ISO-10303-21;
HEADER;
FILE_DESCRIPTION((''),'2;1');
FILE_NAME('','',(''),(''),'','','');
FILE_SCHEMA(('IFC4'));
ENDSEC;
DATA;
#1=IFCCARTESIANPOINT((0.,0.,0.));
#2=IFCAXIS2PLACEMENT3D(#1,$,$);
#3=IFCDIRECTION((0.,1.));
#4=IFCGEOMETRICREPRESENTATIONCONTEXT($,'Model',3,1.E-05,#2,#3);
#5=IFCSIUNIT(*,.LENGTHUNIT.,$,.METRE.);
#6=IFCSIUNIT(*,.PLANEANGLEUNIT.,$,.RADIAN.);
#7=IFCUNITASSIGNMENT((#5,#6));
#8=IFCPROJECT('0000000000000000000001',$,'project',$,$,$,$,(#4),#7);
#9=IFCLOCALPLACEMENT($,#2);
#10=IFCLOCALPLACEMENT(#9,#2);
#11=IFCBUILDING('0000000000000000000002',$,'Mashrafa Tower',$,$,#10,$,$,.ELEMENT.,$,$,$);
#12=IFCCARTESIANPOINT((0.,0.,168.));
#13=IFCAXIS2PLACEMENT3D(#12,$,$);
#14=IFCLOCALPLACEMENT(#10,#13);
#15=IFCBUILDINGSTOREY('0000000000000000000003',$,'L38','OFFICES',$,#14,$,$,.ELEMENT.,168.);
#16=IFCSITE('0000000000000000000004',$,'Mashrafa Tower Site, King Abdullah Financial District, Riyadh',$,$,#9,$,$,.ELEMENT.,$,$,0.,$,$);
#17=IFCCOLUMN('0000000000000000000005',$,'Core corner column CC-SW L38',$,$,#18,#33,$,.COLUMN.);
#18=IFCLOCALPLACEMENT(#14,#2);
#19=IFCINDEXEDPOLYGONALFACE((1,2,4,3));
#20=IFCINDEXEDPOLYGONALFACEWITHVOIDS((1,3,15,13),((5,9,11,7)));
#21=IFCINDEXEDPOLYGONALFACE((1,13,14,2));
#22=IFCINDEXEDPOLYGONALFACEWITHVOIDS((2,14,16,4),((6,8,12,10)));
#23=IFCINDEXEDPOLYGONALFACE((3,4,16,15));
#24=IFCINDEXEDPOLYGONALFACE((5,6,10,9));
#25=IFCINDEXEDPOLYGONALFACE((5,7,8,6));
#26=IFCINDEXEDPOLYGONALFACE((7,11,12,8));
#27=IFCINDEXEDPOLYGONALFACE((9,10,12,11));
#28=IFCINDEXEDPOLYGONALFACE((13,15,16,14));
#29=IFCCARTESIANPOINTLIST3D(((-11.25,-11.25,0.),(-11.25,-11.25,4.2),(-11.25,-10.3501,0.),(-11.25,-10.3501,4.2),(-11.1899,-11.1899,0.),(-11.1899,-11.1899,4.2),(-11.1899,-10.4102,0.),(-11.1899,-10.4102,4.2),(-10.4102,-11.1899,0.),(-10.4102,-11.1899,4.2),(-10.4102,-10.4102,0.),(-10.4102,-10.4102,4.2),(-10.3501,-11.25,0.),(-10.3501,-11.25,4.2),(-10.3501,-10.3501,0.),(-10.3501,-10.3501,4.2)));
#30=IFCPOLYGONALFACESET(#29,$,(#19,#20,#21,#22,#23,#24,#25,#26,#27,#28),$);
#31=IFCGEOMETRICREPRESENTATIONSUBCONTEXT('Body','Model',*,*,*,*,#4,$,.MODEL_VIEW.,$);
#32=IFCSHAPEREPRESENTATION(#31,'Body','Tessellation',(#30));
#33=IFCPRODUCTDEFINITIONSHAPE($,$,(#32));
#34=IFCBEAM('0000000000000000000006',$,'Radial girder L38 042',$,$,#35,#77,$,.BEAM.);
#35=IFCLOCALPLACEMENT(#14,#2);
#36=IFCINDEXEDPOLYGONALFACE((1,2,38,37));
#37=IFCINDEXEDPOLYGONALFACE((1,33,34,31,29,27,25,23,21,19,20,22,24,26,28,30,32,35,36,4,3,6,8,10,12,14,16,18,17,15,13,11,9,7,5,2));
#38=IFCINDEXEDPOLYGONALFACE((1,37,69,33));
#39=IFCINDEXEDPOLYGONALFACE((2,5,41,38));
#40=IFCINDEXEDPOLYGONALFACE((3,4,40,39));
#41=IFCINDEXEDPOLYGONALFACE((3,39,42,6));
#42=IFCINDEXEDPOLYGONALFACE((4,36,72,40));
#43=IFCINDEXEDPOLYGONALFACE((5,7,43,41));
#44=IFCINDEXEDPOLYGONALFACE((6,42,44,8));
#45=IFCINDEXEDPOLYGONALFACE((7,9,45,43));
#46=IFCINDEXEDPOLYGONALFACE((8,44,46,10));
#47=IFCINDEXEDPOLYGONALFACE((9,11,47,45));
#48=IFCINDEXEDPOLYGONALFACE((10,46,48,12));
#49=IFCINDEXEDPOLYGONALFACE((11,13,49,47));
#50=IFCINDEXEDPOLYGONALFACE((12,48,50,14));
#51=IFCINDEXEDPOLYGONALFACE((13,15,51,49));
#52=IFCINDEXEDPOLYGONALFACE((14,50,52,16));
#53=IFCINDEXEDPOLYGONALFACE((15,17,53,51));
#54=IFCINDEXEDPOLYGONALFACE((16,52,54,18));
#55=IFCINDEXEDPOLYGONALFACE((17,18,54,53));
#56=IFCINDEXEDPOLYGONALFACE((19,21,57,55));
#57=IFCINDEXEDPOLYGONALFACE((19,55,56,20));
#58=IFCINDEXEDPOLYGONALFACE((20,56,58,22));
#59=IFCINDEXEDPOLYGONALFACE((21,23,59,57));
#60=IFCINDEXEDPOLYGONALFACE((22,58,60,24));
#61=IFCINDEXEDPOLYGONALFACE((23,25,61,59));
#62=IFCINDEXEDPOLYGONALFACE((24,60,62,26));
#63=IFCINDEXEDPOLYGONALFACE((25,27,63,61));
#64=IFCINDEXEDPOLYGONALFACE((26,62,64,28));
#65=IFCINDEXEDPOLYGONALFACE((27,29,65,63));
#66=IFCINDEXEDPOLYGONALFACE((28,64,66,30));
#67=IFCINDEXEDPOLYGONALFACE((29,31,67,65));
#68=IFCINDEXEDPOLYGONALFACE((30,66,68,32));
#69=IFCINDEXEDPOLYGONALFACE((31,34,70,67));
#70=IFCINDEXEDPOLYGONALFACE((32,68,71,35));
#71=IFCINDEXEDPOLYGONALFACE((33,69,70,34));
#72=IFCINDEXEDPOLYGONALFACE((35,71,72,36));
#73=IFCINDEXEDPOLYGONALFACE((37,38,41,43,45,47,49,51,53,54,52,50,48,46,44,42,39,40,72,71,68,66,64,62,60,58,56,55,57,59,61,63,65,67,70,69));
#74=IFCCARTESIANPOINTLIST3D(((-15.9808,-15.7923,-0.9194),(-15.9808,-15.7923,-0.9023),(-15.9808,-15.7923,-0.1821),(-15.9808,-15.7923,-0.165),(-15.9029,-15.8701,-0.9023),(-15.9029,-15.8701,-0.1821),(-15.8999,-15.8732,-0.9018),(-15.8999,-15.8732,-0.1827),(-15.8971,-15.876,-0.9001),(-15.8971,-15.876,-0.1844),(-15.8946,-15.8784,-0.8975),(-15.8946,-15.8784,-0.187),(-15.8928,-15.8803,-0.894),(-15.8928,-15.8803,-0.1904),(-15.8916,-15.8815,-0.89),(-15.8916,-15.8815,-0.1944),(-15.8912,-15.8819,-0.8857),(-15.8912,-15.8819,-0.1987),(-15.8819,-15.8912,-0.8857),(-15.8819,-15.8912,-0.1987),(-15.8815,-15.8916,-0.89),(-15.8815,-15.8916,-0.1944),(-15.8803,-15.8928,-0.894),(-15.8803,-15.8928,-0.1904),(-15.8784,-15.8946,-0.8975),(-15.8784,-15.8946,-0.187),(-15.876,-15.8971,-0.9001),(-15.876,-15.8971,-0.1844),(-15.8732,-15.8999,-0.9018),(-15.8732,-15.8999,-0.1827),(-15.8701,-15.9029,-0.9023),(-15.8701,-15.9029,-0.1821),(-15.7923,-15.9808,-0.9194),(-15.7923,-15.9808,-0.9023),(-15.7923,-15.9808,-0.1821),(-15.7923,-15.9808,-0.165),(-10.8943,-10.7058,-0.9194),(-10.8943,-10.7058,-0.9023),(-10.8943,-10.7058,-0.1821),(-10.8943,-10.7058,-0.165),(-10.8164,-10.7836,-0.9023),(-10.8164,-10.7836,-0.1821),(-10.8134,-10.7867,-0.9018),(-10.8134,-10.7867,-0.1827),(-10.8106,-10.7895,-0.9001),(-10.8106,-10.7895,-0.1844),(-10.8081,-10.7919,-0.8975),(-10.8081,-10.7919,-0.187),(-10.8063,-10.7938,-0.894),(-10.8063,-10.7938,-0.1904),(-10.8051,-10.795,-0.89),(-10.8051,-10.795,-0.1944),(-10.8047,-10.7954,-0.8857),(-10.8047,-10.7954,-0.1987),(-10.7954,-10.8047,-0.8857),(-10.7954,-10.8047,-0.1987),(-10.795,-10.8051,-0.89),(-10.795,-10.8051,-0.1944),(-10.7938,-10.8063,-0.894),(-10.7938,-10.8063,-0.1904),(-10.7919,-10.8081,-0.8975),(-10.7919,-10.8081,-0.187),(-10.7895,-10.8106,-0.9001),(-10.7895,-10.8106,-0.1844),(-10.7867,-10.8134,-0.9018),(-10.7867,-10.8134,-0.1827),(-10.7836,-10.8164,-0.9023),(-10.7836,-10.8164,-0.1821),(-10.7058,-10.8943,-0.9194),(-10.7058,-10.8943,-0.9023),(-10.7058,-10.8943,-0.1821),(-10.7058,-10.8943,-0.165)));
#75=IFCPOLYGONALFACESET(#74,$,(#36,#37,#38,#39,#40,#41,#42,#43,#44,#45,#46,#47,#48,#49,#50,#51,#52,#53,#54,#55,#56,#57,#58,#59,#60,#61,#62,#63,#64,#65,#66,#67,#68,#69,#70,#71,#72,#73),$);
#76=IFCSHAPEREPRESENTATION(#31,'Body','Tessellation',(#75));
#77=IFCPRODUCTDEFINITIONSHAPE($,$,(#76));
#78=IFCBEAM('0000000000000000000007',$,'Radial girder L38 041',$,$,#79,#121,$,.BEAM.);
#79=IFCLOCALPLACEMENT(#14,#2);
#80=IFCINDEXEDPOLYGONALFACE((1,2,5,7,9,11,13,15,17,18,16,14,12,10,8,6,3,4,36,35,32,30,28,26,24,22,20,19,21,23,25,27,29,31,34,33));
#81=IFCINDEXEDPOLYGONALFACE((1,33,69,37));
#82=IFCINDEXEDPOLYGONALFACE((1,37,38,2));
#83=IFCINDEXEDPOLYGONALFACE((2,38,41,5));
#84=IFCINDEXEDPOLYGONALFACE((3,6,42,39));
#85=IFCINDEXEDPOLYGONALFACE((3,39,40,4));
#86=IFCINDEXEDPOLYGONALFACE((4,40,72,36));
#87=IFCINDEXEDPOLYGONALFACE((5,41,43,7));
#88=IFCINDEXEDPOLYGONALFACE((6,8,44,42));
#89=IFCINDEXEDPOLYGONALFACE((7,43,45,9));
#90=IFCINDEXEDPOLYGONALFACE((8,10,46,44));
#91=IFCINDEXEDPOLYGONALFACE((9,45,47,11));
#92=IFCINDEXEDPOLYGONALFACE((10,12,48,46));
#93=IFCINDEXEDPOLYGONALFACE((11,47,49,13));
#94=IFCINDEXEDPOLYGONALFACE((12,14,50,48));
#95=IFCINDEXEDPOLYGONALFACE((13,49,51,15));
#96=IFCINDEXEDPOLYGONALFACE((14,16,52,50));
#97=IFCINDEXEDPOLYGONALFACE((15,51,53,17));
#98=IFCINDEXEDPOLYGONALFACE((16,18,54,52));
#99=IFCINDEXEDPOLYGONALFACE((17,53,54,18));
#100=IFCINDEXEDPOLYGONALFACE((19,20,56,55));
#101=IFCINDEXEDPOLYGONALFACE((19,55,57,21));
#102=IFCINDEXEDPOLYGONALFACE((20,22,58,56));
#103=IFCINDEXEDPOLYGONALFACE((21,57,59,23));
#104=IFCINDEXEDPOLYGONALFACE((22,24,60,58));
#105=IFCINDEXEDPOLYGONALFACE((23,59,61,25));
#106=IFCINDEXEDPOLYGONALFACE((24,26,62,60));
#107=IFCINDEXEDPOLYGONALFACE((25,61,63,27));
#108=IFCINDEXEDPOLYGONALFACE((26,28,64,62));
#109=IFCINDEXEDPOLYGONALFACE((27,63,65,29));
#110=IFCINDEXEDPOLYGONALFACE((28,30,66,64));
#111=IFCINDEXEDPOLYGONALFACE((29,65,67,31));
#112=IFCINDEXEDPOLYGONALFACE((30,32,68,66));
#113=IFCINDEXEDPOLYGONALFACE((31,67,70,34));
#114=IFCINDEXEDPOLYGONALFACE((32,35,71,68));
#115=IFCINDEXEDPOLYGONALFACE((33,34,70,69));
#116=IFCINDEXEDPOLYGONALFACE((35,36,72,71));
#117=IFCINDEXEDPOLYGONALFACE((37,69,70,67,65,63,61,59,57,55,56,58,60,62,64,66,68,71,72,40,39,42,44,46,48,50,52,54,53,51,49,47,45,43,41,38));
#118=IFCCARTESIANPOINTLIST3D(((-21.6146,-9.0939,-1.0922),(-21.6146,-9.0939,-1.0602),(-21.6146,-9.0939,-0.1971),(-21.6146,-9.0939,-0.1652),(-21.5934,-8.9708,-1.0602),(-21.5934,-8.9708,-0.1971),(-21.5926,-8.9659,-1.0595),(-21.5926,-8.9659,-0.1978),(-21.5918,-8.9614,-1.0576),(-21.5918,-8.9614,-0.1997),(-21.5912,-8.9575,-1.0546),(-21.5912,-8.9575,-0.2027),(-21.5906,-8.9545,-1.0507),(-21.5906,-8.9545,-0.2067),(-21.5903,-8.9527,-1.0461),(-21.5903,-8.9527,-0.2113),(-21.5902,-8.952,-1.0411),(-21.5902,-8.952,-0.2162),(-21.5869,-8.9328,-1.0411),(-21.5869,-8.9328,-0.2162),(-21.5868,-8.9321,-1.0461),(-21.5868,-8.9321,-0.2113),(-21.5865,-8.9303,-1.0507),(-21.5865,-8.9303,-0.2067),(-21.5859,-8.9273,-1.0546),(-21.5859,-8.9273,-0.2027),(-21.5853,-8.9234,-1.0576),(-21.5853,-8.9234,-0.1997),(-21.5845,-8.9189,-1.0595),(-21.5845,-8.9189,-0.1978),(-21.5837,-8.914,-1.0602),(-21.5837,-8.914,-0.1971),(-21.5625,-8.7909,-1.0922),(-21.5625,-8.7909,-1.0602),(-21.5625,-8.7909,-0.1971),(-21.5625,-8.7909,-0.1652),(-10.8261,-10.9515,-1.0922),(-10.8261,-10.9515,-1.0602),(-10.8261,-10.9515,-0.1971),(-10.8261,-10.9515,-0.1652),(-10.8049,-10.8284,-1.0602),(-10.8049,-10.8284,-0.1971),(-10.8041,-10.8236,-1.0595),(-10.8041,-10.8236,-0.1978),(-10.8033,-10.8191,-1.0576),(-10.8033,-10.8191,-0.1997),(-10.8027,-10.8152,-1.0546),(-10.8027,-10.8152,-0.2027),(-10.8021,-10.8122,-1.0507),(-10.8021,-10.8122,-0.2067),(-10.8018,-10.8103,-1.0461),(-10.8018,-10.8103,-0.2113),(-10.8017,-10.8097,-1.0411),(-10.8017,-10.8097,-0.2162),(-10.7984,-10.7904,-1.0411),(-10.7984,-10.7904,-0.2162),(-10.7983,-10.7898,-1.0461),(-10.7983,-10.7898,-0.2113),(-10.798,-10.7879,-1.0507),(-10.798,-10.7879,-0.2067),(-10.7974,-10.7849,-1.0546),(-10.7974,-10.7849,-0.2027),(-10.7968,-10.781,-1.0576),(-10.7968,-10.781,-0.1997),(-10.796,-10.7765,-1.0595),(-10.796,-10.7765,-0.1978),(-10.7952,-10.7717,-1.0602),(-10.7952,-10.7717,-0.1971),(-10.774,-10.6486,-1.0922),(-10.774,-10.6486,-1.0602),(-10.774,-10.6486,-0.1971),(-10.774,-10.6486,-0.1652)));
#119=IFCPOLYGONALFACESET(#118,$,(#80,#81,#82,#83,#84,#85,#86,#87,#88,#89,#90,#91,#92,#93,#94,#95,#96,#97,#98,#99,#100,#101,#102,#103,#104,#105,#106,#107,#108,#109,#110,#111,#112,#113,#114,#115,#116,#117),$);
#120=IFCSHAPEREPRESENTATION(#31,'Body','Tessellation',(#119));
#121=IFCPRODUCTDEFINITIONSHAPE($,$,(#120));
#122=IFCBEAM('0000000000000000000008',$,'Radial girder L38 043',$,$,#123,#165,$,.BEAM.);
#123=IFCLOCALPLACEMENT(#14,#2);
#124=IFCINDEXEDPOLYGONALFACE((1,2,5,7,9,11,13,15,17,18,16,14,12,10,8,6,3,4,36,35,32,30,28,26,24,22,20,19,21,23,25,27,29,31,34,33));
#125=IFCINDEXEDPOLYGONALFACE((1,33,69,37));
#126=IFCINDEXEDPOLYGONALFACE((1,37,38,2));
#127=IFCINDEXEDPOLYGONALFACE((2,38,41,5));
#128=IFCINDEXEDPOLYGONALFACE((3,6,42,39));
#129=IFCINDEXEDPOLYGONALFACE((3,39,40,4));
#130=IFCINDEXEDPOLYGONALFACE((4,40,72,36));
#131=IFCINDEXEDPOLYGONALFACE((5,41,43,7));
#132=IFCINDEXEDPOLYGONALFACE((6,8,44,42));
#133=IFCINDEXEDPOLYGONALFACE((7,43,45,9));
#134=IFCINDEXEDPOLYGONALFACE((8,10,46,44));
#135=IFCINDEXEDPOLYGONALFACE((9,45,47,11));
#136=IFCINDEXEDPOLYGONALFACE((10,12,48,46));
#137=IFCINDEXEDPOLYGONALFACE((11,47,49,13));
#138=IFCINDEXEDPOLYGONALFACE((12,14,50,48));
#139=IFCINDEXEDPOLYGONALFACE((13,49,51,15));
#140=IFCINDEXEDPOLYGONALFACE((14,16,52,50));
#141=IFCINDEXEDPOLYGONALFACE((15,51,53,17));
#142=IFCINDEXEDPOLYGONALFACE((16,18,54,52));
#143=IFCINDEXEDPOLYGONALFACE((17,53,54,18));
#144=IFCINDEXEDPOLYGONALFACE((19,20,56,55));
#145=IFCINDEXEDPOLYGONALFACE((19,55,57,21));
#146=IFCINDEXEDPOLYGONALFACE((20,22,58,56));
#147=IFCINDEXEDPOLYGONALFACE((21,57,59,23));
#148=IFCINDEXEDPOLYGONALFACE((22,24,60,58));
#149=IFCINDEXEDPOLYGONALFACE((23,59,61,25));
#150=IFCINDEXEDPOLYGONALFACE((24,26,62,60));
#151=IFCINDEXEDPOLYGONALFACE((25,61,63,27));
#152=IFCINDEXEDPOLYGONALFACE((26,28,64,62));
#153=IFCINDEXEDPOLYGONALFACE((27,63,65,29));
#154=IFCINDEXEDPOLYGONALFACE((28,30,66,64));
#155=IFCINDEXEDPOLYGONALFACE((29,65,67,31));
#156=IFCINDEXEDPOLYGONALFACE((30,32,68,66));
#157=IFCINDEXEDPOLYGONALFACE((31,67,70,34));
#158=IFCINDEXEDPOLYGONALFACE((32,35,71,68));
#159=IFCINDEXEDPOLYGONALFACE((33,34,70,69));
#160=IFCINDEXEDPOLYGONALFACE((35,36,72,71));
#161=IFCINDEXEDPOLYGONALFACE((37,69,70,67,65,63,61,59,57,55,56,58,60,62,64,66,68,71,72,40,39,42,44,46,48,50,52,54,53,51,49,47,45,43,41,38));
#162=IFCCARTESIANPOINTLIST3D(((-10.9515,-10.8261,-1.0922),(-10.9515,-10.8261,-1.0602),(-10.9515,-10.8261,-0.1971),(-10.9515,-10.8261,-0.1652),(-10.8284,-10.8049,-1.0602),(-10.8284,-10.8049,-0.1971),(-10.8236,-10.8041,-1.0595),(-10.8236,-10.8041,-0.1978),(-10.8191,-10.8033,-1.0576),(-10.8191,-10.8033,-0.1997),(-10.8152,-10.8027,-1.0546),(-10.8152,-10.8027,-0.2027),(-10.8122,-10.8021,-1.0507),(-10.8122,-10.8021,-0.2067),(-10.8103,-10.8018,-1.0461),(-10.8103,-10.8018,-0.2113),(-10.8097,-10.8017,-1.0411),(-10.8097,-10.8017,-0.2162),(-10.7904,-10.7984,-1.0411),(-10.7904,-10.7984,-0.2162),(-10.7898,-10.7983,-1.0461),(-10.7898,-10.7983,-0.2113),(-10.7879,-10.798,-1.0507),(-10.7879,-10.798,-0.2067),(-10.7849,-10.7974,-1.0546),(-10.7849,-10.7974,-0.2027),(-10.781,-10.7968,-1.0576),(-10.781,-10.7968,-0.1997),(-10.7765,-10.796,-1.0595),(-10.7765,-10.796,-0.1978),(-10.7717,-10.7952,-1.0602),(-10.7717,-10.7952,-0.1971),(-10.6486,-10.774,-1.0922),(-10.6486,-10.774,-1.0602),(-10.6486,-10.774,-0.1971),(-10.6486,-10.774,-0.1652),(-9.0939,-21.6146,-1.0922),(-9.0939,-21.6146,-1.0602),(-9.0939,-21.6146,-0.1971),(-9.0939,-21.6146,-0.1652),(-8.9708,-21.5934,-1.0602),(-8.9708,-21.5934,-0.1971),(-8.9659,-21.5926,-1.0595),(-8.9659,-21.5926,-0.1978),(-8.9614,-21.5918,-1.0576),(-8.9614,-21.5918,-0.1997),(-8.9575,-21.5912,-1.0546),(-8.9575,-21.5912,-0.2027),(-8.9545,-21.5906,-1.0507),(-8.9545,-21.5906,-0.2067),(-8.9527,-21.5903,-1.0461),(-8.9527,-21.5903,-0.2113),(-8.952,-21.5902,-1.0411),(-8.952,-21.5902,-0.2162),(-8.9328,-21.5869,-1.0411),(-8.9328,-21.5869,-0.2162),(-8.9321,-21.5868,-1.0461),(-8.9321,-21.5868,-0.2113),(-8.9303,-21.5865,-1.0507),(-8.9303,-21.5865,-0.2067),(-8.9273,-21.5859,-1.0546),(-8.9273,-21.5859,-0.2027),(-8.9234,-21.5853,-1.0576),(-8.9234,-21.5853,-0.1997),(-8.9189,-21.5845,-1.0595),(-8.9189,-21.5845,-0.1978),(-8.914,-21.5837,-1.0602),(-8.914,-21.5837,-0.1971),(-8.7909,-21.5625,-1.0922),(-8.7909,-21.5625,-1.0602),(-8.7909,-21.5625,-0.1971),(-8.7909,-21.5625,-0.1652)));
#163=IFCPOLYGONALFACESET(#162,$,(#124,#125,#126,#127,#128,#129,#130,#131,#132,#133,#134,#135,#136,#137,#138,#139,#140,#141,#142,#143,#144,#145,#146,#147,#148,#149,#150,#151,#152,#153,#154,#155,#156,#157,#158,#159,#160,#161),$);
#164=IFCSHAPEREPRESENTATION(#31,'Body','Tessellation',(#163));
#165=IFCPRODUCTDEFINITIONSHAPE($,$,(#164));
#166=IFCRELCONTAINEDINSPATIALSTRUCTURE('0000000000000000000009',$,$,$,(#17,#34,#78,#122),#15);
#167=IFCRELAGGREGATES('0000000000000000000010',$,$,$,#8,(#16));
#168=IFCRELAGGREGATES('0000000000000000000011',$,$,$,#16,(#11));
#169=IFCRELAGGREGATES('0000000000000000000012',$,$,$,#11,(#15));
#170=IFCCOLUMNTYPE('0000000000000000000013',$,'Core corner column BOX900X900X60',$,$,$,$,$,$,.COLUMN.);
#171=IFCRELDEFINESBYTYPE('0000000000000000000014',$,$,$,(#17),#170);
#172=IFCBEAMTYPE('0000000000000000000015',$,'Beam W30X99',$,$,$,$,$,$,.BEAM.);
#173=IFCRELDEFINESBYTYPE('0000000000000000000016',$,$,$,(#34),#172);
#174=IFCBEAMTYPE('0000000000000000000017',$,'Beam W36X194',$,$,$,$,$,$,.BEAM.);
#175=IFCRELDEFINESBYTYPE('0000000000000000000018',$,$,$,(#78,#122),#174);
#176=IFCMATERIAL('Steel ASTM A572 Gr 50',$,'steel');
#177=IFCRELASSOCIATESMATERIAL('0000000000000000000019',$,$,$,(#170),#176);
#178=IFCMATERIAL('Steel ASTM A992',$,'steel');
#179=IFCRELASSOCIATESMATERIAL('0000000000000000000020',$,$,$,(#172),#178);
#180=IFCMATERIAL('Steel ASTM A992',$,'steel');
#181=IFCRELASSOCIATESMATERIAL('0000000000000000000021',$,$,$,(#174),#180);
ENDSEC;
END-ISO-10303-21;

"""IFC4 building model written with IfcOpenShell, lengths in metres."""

from ifc_helpers import new_model, si_unit, direction, frame, origin, origin_2d, place, context, subcontext, project, spatial, hollow_rectangle, i_section, extrude, material, material_profile, profile_set, type_object, element, save


model = new_model("IFC4")

# Units and contexts
model_context = context("Model", 3, precision=1e-05, world=origin(), true_north=direction((0.0, 1.0)))
body_context = subcontext(model_context, "Body", "Model", "MODEL_VIEW")
ifc_project = project(units=[si_unit("LENGTHUNIT", "METRE"), si_unit("PLANEANGLEUNIT", "RADIAN")], contexts=[model_context])

# Site, building, storey
site_placement = place(None, origin())
site = spatial("IfcSite", under=ifc_project, at=site_placement, Name="Mashrafa Tower Site, King Abdullah Financial District, Riyadh", CompositionType="ELEMENT", RefElevation=0.0)
building_placement = place(site_placement, origin())
building = spatial("IfcBuilding", under=site, at=building_placement, Name="Mashrafa Tower", CompositionType="ELEMENT")
storey_placement = place(building_placement, frame((0.0, 0.0, 168.0)))
storey = spatial("IfcBuildingStorey", under=building, at=storey_placement, Name="L38", Description="OFFICES", CompositionType="ELEMENT", Elevation=168.0)

# Column
ifc_material_1 = material(Name="Steel ASTM A572 Gr 50", Category="steel")
ifc_material_profile_1 = material_profile(ifc_material_1, hollow_rectangle(XDim=0.8999, YDim=0.8999, WallThickness=0.0601, at=origin_2d()), Name="BOX900X900X60")
ifc_profile_set_1 = profile_set([ifc_material_profile_1], Name="Steel ASTM A572 Gr 50")
column_type = type_object("IfcColumnType", Name="Core corner column BOX900X900X60", PredefinedType="COLUMN", material=ifc_profile_set_1)
column_placement = place(storey_placement, frame((-10.8, -10.8, 0.0), z_axis=(0.0, 0.0, 1.0), x_axis=(1.0, 0.0, 0.0)))
element("IfcColumn", 1, at=column_placement, inside=storey, type_object=column_type, Name="Core corner column CC-SW L38", PredefinedType="COLUMN", context=body_context, shape_type="SweptSolid", body=[
    extrude(hollow_rectangle(XDim=0.8999, YDim=0.8999, WallThickness=0.0601, at=origin_2d()), origin(), (0.0, 0.0, 1.0), 4.2),
])

# Beams
ifc_material_2 = material(Name="Steel ASTM A992", Category="steel")
ifc_material_profile_2 = material_profile(ifc_material_2, i_section(OverallWidth=0.2666, OverallDepth=0.7544, WebThickness=0.0132, FlangeThickness=0.0171, FilletRadius=0.0166, at=origin_2d()), Name="W30X99")
ifc_profile_set_2 = profile_set([ifc_material_profile_2], Name="Steel ASTM A992")
beam_type_1 = type_object("IfcBeamType", Name="Beam W30X99", PredefinedType="BEAM", material=ifc_profile_set_2)
beam_1_placement = place(storey_placement, frame((-10.8, -10.8, -0.5422), z_axis=(-0.707107, -0.707107, 0.0), x_axis=(0.707107, -0.707107, 0.0)))
element("IfcBeam", 2, at=beam_1_placement, inside=storey, type_object=beam_type_1, Name="Radial girder L38 042", PredefinedType="BEAM", context=body_context, shape_type="SweptSolid", body=[
    extrude(i_section(OverallWidth=0.2666, OverallDepth=0.7544, WebThickness=0.0132, FlangeThickness=0.0171, FilletRadius=0.0166, at=origin_2d()), origin(), (0.0, 0.0, 1.0), 7.1934),
])
ifc_material_3 = material(Name="Steel ASTM A992", Category="steel")
ifc_material_profile_3 = material_profile(ifc_material_3, i_section(OverallWidth=0.3074, OverallDepth=0.927, WebThickness=0.0195, FlangeThickness=0.032, FilletRadius=0.019, at=origin_2d()), Name="W36X194")
ifc_profile_set_3 = profile_set([ifc_material_profile_3], Name="Steel ASTM A992")
beam_type_2 = type_object("IfcBeamType", Name="Beam W36X194", PredefinedType="BEAM", material=ifc_profile_set_3)
for number, where, z_axis, x_axis, name in (
    (3, (-10.8, -10.8, -0.6287), (-0.985497, 0.169691, 0.0), (-0.169691, -0.985497, 0.0), "Radial girder L38 041"),
    (4, (-10.8, -10.8, -0.6287), (0.169691, -0.985497, 0.0), (0.985497, 0.169691, 0.0), "Radial girder L38 043"),
):
    element("IfcBeam", number, at=place(storey_placement, frame(where, z_axis=z_axis, x_axis=x_axis)), inside=storey, type_object=beam_type_2, Name=name, PredefinedType="BEAM", context=body_context, shape_type="SweptSolid", body=[
        extrude(i_section(OverallWidth=0.3074, OverallDepth=0.927, WebThickness=0.0195, FlangeThickness=0.032, FilletRadius=0.019, at=origin_2d()), origin(), (0.0, 0.0, 1.0), 10.9473),
    ])

save(model, "model.ifc")
